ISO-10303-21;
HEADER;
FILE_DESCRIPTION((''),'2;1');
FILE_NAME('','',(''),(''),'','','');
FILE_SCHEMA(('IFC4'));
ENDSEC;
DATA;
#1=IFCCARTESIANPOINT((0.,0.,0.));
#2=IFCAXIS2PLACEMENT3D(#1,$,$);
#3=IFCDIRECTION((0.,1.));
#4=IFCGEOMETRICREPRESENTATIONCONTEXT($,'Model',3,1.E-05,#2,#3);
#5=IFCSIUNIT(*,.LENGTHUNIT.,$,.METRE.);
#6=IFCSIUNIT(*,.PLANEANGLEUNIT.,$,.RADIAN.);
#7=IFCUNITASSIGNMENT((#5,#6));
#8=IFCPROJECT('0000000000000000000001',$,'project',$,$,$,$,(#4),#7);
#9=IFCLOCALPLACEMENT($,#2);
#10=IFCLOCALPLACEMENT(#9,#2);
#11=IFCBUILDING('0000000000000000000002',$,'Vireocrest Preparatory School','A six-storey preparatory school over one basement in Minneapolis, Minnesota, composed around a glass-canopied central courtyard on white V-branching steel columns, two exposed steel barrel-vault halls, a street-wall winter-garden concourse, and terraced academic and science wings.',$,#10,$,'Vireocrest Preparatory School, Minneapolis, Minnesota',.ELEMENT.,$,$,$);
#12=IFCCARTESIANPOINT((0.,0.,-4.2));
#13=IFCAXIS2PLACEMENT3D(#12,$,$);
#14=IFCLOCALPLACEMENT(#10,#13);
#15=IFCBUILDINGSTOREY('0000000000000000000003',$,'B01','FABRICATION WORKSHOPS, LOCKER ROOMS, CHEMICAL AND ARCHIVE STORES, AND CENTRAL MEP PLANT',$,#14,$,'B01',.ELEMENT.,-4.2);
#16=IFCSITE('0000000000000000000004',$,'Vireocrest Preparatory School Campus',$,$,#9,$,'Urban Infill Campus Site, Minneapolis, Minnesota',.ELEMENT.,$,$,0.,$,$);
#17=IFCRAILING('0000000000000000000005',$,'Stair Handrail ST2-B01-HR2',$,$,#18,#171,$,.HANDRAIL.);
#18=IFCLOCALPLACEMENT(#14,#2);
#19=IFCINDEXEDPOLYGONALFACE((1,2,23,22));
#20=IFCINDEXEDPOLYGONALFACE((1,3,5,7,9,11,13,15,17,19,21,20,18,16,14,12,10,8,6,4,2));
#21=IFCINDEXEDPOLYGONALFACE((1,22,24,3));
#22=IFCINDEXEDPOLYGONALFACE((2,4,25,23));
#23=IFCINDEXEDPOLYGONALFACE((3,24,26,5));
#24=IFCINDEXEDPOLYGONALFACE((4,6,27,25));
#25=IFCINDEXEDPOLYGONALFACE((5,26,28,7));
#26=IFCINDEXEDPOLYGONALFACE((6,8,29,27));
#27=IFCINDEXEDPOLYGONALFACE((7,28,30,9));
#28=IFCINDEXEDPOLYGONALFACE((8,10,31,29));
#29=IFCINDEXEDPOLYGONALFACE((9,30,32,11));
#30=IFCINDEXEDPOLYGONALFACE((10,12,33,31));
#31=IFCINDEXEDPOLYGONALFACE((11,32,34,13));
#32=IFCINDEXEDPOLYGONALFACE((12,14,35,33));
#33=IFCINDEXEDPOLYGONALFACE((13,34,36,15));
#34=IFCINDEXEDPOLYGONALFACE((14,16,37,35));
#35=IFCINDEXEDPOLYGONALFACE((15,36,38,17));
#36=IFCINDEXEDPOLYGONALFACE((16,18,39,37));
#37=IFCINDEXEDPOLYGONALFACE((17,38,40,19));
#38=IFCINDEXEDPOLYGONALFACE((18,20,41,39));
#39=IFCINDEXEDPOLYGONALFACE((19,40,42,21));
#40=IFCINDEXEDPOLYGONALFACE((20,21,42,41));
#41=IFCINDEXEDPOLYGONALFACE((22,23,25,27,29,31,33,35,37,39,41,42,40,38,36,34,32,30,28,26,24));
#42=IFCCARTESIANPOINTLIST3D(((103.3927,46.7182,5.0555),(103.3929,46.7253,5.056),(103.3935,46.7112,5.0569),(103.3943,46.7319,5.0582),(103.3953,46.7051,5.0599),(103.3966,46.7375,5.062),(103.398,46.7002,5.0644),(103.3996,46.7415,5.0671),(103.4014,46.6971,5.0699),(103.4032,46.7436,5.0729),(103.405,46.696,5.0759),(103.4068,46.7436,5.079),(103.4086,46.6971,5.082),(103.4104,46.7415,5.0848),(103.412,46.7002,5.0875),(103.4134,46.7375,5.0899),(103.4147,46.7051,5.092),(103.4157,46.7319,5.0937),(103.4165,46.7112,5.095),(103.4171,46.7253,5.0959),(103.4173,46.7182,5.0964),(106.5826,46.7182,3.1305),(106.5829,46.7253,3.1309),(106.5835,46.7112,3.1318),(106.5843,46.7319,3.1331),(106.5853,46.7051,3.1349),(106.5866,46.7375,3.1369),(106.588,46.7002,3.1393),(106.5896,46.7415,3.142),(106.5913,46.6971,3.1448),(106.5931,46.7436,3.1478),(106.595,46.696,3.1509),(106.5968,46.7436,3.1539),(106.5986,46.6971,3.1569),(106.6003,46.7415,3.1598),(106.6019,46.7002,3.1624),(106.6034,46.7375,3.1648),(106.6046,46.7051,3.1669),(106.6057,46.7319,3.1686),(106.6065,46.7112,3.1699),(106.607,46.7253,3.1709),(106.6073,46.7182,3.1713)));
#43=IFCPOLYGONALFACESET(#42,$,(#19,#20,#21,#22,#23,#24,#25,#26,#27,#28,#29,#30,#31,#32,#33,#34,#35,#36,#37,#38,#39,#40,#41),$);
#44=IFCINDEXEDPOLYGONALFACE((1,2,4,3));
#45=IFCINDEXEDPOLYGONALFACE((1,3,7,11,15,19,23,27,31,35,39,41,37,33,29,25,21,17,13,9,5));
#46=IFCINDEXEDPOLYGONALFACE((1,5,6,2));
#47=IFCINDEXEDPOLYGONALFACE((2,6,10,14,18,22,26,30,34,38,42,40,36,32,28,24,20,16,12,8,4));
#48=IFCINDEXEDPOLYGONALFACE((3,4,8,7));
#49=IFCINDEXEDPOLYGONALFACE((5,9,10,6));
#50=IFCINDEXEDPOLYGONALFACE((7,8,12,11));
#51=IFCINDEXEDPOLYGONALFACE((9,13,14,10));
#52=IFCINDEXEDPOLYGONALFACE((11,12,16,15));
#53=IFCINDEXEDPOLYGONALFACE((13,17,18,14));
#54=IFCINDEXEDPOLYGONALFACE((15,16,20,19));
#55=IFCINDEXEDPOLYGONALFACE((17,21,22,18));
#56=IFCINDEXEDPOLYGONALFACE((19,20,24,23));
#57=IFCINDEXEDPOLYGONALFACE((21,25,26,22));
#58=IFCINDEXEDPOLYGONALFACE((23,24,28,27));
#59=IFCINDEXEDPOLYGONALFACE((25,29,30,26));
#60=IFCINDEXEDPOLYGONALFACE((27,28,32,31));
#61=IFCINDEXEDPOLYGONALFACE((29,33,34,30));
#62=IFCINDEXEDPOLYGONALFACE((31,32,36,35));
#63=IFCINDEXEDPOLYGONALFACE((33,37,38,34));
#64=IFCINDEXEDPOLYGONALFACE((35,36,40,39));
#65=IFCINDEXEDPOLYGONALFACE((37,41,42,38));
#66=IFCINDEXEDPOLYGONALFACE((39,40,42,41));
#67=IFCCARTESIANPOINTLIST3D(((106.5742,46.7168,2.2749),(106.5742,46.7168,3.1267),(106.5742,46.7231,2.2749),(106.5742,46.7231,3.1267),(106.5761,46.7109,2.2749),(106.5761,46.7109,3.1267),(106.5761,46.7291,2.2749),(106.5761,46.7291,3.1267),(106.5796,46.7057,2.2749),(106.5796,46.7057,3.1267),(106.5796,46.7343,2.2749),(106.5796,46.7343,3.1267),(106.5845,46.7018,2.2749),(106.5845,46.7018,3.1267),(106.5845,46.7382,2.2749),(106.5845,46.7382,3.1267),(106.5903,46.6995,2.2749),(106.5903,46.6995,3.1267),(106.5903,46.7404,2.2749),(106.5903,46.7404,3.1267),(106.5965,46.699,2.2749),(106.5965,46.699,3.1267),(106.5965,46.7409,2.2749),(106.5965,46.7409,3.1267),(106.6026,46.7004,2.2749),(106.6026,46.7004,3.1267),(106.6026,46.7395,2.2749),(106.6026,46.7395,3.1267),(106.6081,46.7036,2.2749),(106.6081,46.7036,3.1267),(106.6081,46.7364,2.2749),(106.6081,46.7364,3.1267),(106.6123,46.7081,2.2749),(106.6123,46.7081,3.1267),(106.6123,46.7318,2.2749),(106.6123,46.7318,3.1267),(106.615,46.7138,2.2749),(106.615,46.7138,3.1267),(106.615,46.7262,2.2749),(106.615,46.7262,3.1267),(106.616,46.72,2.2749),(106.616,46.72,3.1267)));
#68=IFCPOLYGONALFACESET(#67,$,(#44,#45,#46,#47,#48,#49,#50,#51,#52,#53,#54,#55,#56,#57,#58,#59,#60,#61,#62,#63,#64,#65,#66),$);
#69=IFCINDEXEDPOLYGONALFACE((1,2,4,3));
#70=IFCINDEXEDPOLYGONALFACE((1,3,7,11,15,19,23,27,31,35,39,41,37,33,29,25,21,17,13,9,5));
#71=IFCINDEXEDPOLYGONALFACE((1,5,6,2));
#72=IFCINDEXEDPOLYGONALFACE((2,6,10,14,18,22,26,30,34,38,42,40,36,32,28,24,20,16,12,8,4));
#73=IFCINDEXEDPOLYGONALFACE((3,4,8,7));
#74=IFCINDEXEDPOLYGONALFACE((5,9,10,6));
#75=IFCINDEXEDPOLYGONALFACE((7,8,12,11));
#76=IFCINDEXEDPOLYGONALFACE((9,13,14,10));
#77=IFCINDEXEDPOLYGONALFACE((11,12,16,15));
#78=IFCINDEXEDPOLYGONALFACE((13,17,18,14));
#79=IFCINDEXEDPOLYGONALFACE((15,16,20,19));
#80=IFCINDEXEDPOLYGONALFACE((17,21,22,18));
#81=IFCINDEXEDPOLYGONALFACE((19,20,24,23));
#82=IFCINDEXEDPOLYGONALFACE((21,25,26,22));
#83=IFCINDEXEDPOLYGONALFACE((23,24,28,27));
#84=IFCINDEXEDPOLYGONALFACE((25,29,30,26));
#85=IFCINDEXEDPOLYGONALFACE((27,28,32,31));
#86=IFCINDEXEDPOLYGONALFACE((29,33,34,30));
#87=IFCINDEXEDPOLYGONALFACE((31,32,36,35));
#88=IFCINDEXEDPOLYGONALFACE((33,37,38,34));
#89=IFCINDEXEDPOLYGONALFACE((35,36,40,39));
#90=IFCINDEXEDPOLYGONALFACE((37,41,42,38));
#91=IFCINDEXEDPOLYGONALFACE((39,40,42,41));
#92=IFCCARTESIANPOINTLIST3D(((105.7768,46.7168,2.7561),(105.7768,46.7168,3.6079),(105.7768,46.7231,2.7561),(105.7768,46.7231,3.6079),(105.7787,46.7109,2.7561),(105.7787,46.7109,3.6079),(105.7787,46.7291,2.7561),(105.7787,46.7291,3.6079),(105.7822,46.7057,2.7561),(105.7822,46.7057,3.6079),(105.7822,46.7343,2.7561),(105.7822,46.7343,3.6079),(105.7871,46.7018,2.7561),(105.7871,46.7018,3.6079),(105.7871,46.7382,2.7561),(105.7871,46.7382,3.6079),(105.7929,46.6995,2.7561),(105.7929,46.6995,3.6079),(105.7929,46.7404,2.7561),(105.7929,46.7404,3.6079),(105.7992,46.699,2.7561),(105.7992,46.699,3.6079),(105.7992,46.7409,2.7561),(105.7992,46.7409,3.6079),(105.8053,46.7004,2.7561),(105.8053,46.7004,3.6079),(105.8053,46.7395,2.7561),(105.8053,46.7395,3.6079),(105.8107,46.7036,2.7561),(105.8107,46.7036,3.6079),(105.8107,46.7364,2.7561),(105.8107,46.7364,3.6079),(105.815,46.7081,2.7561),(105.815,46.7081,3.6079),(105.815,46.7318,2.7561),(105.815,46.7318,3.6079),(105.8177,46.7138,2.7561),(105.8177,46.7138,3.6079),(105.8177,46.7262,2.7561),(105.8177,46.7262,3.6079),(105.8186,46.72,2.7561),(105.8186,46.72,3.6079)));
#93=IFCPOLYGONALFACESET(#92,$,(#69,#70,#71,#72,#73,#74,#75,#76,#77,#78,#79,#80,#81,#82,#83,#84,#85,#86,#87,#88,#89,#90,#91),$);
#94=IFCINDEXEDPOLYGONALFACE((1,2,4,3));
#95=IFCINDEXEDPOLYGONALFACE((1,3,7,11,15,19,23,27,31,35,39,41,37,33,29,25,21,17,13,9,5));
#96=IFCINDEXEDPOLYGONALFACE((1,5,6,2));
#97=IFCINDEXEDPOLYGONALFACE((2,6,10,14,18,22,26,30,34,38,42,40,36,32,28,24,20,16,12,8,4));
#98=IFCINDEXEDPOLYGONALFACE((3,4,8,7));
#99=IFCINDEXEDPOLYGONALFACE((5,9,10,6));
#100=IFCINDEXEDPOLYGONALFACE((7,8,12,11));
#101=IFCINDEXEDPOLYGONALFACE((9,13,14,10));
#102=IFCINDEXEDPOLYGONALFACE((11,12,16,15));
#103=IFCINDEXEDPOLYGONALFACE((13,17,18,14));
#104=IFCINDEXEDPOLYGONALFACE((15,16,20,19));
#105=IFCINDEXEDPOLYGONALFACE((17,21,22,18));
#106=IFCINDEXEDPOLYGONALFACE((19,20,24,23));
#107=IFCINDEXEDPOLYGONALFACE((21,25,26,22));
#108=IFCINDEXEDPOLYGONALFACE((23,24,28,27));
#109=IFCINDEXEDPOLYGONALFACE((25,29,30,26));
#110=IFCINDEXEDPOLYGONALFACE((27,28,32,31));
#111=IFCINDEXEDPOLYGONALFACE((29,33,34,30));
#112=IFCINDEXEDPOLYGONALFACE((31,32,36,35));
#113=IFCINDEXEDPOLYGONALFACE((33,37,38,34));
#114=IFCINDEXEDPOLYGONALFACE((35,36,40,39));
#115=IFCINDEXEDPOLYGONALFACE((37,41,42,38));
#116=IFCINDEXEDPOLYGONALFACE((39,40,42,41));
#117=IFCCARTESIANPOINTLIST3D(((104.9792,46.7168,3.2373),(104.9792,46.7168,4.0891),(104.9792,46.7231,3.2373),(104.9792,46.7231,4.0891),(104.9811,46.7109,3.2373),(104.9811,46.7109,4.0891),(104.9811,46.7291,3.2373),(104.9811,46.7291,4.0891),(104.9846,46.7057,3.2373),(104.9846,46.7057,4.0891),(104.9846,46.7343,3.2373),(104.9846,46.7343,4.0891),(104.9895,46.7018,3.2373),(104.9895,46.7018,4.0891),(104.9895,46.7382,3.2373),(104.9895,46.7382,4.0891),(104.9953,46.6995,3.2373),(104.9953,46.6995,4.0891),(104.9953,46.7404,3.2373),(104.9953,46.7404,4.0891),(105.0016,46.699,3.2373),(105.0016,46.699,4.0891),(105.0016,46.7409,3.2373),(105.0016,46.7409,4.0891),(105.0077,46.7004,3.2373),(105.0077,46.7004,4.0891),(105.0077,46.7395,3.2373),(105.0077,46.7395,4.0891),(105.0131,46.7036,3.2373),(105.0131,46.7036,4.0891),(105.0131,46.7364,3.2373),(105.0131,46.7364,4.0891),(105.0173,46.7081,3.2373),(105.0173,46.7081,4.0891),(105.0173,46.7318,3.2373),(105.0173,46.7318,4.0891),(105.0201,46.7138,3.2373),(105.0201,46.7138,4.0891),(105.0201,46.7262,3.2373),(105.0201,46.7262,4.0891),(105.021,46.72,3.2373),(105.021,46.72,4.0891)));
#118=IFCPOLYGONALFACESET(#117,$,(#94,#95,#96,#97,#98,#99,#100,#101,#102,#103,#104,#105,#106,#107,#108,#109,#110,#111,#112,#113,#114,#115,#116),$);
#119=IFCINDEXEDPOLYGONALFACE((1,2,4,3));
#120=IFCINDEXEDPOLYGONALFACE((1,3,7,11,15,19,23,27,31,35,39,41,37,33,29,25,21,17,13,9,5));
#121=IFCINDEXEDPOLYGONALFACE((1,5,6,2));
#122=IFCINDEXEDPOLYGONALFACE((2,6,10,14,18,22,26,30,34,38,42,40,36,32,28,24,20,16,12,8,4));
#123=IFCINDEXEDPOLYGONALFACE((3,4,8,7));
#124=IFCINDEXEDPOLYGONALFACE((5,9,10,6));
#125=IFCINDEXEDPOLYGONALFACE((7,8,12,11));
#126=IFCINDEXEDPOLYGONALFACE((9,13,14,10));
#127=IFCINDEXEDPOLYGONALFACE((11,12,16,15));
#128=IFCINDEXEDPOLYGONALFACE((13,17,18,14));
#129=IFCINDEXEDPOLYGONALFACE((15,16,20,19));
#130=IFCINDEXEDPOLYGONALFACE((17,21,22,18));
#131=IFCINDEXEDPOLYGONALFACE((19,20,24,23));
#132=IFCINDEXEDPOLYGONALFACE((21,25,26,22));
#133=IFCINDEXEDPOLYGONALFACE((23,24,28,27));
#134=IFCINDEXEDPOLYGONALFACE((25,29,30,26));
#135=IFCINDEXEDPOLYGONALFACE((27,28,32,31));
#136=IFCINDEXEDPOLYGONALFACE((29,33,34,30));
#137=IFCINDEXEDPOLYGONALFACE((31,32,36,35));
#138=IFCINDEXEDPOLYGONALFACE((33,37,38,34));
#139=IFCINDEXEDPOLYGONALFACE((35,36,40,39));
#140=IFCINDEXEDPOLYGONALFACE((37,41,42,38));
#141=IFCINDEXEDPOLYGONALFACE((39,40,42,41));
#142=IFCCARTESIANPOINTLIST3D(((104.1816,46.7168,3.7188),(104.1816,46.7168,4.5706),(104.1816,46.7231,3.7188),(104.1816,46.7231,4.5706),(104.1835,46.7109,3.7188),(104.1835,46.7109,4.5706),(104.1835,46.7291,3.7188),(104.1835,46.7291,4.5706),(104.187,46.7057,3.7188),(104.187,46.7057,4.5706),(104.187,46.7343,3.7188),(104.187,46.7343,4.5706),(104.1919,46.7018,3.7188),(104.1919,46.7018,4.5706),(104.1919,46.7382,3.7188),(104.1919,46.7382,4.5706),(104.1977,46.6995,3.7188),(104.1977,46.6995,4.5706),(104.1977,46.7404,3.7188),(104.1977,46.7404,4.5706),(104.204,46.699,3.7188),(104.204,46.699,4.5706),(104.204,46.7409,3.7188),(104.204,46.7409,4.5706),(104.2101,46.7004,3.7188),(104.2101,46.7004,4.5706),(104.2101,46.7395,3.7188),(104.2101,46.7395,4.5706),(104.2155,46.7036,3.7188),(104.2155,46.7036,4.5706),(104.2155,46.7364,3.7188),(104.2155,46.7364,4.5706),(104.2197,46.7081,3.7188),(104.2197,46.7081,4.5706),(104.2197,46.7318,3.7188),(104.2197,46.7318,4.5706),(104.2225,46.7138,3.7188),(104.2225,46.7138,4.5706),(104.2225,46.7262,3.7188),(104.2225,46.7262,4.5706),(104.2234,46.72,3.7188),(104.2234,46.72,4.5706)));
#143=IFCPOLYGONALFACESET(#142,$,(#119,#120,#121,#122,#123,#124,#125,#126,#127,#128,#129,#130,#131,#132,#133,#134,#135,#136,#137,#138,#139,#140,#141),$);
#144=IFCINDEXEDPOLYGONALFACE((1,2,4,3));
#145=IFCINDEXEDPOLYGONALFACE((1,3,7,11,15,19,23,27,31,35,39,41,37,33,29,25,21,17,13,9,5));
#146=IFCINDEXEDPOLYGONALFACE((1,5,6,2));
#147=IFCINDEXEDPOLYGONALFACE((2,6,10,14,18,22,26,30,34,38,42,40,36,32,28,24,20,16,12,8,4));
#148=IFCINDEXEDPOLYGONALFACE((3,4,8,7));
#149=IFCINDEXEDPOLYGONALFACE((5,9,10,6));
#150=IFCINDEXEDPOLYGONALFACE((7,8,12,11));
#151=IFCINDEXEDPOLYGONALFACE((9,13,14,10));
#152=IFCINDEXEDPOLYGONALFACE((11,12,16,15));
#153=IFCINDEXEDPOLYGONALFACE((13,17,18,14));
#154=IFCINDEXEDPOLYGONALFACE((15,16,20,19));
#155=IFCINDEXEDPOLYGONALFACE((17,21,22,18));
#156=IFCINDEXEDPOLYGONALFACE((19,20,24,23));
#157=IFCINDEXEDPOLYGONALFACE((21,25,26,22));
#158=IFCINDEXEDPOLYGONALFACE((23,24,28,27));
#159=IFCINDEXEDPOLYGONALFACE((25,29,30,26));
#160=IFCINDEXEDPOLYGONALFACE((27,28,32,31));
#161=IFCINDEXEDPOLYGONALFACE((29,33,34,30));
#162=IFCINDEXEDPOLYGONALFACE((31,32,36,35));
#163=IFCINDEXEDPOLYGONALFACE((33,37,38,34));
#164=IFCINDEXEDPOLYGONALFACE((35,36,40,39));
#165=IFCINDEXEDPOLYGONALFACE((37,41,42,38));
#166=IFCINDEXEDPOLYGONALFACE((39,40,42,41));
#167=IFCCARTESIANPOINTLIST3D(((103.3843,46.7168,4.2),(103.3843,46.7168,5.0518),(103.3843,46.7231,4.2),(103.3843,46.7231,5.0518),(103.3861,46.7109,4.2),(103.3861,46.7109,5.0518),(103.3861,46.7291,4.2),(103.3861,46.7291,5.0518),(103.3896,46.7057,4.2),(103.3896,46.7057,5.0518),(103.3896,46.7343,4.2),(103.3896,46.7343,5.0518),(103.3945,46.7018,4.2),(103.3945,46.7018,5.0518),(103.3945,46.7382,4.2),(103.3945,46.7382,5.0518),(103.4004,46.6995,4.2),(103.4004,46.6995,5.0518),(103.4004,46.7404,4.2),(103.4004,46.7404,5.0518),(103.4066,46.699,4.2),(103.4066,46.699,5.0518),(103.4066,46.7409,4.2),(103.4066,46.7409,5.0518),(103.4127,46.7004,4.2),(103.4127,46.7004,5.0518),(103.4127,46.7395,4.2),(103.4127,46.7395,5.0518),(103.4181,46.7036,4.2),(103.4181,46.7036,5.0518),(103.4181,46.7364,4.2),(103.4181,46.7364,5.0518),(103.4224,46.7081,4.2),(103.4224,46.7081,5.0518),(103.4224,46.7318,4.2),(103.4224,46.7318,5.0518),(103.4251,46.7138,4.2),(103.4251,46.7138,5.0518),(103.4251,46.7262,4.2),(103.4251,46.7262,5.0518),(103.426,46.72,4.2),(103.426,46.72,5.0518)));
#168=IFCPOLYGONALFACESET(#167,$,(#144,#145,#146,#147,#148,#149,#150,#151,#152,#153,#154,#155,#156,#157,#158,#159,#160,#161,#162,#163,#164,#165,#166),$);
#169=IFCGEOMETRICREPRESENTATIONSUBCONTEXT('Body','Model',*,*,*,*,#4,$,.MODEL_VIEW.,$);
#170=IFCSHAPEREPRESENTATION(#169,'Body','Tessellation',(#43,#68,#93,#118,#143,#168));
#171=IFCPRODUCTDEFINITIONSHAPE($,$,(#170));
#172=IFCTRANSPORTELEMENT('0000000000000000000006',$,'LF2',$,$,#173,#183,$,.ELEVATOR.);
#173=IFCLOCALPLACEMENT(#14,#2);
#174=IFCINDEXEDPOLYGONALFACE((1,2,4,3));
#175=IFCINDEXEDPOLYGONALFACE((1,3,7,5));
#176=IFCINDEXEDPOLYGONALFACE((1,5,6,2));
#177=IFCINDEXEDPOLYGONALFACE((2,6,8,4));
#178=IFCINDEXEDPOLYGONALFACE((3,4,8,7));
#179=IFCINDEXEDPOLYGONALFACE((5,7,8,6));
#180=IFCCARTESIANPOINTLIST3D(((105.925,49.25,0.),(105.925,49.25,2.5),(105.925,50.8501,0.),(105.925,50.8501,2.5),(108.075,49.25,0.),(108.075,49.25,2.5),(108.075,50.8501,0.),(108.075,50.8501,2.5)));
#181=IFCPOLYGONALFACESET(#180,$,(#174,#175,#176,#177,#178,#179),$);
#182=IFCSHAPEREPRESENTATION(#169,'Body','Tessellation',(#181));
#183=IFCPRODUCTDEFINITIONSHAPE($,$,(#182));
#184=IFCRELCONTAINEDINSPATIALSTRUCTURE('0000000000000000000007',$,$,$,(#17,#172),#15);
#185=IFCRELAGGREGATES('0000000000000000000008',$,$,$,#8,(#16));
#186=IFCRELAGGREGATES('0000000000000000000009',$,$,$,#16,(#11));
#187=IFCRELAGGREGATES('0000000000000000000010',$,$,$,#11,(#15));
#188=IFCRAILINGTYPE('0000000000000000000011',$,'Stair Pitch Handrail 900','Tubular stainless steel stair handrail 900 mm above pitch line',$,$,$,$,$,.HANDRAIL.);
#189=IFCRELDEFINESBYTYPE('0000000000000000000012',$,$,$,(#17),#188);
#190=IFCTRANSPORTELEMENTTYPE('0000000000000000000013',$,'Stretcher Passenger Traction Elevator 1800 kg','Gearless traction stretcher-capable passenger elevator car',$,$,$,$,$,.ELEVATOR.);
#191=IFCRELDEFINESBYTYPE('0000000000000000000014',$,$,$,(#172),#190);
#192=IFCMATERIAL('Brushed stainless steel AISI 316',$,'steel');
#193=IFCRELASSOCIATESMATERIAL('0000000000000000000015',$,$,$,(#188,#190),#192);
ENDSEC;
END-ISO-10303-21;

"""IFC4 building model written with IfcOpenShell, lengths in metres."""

from ifc_helpers import new_model, si_unit, direction, frame, origin, origin_2d, place, context, subcontext, project, spatial, rectangle, circle, extrude, material, type_object, element, save


model = new_model("IFC4")

# Units and contexts
model_context = context("Model", 3, precision=1e-05, world=origin(), true_north=direction((0.0, 1.0)))
body_context = subcontext(model_context, "Body", "Model", "MODEL_VIEW")
ifc_project = project(units=[si_unit("LENGTHUNIT", "METRE"), si_unit("PLANEANGLEUNIT", "RADIAN")], contexts=[model_context])

# Site, building, storey
site_placement = place(None, origin())
site = spatial("IfcSite", under=ifc_project, at=site_placement, Name="Vireocrest Preparatory School Campus", LongName="Urban Infill Campus Site, Minneapolis, Minnesota", CompositionType="ELEMENT", RefElevation=0.0)
building_placement = place(site_placement, origin())
building = spatial("IfcBuilding", under=site, at=building_placement, Name="Vireocrest Preparatory School", Description="A six-storey preparatory school over one basement in Minneapolis, Minnesota, composed around a glass-canopied central courtyard on white V-branching steel columns, two exposed steel barrel-vault halls, a street-wall winter-garden concourse, and terraced academic and science wings.", LongName="Vireocrest Preparatory School, Minneapolis, Minnesota", CompositionType="ELEMENT")
storey_placement = place(building_placement, frame((0.0, 0.0, -4.2)))
storey = spatial("IfcBuildingStorey", under=building, at=storey_placement, Name="B01", Description="FABRICATION WORKSHOPS, LOCKER ROOMS, CHEMICAL AND ARCHIVE STORES, AND CENTRAL MEP PLANT", LongName="B01", CompositionType="ELEMENT", Elevation=-4.2)

# Railing
ifc_material_1 = material(Name="Brushed stainless steel AISI 316", Category="steel")
railing_type_1 = type_object("IfcRailingType", Name="Stair Pitch Handrail 900", Description="Tubular stainless steel stair handrail 900 mm above pitch line", PredefinedType="HANDRAIL", material=ifc_material_1)
railing_1_placement = place(storey_placement, frame((106.595, 46.72, 2.2749)))
element("IfcRailing", 1, at=railing_1_placement, inside=storey, type_object=railing_type_1, Name="Stair Handrail ST2-B01-HR2", PredefinedType="HANDRAIL", context=body_context, shape_type="SweptSolid", body=[
    extrude(circle(Radius=0.0239, at=origin_2d()), frame((0.0, 0.0, 0.876), z_axis=(-0.856178, 0.0, 0.516682), x_axis=(0.0, -1.0, 0.0)), (0.0, 0.0, 1.0), 3.7258),
    extrude(circle(Radius=0.021, at=origin_2d()), origin(), (0.0, 0.0, 1.0), 0.8518),
    extrude(circle(Radius=0.021, at=origin_2d()), frame((-0.7974, 0.0, 0.4812)), (0.0, 0.0, 1.0), 0.8518),
    extrude(circle(Radius=0.021, at=origin_2d()), frame((-1.595, 0.0, 0.9624)), (0.0, 0.0, 1.0), 0.8518),
    extrude(circle(Radius=0.021, at=origin_2d()), frame((-2.3926, 0.0, 1.4438)), (0.0, 0.0, 1.0), 0.8518),
    extrude(circle(Radius=0.021, at=origin_2d()), frame((-3.1899, 0.0, 1.925)), (0.0, 0.0, 1.0), 0.8518),
])

# Transport element
transport_element_type = type_object("IfcTransportElementType", Name="Stretcher Passenger Traction Elevator 1800 kg", Description="Gearless traction stretcher-capable passenger elevator car", PredefinedType="ELEVATOR", material=ifc_material_1)
transport_element_placement = place(storey_placement, frame((107.0, 50.05, 0.0), z_axis=(0.0, 0.0, 1.0), x_axis=(1.0, 0.0, 0.0)))
element("IfcTransportElement", 2, at=transport_element_placement, inside=storey, type_object=transport_element_type, Name="LF2", PredefinedType="ELEVATOR", context=body_context, shape_type="SweptSolid", body=[
    extrude(rectangle(XDim=2.1499, YDim=1.6001, at=origin_2d()), origin(), (0.0, 0.0, 1.0), 2.5),
])

save(model, "model.ifc")
